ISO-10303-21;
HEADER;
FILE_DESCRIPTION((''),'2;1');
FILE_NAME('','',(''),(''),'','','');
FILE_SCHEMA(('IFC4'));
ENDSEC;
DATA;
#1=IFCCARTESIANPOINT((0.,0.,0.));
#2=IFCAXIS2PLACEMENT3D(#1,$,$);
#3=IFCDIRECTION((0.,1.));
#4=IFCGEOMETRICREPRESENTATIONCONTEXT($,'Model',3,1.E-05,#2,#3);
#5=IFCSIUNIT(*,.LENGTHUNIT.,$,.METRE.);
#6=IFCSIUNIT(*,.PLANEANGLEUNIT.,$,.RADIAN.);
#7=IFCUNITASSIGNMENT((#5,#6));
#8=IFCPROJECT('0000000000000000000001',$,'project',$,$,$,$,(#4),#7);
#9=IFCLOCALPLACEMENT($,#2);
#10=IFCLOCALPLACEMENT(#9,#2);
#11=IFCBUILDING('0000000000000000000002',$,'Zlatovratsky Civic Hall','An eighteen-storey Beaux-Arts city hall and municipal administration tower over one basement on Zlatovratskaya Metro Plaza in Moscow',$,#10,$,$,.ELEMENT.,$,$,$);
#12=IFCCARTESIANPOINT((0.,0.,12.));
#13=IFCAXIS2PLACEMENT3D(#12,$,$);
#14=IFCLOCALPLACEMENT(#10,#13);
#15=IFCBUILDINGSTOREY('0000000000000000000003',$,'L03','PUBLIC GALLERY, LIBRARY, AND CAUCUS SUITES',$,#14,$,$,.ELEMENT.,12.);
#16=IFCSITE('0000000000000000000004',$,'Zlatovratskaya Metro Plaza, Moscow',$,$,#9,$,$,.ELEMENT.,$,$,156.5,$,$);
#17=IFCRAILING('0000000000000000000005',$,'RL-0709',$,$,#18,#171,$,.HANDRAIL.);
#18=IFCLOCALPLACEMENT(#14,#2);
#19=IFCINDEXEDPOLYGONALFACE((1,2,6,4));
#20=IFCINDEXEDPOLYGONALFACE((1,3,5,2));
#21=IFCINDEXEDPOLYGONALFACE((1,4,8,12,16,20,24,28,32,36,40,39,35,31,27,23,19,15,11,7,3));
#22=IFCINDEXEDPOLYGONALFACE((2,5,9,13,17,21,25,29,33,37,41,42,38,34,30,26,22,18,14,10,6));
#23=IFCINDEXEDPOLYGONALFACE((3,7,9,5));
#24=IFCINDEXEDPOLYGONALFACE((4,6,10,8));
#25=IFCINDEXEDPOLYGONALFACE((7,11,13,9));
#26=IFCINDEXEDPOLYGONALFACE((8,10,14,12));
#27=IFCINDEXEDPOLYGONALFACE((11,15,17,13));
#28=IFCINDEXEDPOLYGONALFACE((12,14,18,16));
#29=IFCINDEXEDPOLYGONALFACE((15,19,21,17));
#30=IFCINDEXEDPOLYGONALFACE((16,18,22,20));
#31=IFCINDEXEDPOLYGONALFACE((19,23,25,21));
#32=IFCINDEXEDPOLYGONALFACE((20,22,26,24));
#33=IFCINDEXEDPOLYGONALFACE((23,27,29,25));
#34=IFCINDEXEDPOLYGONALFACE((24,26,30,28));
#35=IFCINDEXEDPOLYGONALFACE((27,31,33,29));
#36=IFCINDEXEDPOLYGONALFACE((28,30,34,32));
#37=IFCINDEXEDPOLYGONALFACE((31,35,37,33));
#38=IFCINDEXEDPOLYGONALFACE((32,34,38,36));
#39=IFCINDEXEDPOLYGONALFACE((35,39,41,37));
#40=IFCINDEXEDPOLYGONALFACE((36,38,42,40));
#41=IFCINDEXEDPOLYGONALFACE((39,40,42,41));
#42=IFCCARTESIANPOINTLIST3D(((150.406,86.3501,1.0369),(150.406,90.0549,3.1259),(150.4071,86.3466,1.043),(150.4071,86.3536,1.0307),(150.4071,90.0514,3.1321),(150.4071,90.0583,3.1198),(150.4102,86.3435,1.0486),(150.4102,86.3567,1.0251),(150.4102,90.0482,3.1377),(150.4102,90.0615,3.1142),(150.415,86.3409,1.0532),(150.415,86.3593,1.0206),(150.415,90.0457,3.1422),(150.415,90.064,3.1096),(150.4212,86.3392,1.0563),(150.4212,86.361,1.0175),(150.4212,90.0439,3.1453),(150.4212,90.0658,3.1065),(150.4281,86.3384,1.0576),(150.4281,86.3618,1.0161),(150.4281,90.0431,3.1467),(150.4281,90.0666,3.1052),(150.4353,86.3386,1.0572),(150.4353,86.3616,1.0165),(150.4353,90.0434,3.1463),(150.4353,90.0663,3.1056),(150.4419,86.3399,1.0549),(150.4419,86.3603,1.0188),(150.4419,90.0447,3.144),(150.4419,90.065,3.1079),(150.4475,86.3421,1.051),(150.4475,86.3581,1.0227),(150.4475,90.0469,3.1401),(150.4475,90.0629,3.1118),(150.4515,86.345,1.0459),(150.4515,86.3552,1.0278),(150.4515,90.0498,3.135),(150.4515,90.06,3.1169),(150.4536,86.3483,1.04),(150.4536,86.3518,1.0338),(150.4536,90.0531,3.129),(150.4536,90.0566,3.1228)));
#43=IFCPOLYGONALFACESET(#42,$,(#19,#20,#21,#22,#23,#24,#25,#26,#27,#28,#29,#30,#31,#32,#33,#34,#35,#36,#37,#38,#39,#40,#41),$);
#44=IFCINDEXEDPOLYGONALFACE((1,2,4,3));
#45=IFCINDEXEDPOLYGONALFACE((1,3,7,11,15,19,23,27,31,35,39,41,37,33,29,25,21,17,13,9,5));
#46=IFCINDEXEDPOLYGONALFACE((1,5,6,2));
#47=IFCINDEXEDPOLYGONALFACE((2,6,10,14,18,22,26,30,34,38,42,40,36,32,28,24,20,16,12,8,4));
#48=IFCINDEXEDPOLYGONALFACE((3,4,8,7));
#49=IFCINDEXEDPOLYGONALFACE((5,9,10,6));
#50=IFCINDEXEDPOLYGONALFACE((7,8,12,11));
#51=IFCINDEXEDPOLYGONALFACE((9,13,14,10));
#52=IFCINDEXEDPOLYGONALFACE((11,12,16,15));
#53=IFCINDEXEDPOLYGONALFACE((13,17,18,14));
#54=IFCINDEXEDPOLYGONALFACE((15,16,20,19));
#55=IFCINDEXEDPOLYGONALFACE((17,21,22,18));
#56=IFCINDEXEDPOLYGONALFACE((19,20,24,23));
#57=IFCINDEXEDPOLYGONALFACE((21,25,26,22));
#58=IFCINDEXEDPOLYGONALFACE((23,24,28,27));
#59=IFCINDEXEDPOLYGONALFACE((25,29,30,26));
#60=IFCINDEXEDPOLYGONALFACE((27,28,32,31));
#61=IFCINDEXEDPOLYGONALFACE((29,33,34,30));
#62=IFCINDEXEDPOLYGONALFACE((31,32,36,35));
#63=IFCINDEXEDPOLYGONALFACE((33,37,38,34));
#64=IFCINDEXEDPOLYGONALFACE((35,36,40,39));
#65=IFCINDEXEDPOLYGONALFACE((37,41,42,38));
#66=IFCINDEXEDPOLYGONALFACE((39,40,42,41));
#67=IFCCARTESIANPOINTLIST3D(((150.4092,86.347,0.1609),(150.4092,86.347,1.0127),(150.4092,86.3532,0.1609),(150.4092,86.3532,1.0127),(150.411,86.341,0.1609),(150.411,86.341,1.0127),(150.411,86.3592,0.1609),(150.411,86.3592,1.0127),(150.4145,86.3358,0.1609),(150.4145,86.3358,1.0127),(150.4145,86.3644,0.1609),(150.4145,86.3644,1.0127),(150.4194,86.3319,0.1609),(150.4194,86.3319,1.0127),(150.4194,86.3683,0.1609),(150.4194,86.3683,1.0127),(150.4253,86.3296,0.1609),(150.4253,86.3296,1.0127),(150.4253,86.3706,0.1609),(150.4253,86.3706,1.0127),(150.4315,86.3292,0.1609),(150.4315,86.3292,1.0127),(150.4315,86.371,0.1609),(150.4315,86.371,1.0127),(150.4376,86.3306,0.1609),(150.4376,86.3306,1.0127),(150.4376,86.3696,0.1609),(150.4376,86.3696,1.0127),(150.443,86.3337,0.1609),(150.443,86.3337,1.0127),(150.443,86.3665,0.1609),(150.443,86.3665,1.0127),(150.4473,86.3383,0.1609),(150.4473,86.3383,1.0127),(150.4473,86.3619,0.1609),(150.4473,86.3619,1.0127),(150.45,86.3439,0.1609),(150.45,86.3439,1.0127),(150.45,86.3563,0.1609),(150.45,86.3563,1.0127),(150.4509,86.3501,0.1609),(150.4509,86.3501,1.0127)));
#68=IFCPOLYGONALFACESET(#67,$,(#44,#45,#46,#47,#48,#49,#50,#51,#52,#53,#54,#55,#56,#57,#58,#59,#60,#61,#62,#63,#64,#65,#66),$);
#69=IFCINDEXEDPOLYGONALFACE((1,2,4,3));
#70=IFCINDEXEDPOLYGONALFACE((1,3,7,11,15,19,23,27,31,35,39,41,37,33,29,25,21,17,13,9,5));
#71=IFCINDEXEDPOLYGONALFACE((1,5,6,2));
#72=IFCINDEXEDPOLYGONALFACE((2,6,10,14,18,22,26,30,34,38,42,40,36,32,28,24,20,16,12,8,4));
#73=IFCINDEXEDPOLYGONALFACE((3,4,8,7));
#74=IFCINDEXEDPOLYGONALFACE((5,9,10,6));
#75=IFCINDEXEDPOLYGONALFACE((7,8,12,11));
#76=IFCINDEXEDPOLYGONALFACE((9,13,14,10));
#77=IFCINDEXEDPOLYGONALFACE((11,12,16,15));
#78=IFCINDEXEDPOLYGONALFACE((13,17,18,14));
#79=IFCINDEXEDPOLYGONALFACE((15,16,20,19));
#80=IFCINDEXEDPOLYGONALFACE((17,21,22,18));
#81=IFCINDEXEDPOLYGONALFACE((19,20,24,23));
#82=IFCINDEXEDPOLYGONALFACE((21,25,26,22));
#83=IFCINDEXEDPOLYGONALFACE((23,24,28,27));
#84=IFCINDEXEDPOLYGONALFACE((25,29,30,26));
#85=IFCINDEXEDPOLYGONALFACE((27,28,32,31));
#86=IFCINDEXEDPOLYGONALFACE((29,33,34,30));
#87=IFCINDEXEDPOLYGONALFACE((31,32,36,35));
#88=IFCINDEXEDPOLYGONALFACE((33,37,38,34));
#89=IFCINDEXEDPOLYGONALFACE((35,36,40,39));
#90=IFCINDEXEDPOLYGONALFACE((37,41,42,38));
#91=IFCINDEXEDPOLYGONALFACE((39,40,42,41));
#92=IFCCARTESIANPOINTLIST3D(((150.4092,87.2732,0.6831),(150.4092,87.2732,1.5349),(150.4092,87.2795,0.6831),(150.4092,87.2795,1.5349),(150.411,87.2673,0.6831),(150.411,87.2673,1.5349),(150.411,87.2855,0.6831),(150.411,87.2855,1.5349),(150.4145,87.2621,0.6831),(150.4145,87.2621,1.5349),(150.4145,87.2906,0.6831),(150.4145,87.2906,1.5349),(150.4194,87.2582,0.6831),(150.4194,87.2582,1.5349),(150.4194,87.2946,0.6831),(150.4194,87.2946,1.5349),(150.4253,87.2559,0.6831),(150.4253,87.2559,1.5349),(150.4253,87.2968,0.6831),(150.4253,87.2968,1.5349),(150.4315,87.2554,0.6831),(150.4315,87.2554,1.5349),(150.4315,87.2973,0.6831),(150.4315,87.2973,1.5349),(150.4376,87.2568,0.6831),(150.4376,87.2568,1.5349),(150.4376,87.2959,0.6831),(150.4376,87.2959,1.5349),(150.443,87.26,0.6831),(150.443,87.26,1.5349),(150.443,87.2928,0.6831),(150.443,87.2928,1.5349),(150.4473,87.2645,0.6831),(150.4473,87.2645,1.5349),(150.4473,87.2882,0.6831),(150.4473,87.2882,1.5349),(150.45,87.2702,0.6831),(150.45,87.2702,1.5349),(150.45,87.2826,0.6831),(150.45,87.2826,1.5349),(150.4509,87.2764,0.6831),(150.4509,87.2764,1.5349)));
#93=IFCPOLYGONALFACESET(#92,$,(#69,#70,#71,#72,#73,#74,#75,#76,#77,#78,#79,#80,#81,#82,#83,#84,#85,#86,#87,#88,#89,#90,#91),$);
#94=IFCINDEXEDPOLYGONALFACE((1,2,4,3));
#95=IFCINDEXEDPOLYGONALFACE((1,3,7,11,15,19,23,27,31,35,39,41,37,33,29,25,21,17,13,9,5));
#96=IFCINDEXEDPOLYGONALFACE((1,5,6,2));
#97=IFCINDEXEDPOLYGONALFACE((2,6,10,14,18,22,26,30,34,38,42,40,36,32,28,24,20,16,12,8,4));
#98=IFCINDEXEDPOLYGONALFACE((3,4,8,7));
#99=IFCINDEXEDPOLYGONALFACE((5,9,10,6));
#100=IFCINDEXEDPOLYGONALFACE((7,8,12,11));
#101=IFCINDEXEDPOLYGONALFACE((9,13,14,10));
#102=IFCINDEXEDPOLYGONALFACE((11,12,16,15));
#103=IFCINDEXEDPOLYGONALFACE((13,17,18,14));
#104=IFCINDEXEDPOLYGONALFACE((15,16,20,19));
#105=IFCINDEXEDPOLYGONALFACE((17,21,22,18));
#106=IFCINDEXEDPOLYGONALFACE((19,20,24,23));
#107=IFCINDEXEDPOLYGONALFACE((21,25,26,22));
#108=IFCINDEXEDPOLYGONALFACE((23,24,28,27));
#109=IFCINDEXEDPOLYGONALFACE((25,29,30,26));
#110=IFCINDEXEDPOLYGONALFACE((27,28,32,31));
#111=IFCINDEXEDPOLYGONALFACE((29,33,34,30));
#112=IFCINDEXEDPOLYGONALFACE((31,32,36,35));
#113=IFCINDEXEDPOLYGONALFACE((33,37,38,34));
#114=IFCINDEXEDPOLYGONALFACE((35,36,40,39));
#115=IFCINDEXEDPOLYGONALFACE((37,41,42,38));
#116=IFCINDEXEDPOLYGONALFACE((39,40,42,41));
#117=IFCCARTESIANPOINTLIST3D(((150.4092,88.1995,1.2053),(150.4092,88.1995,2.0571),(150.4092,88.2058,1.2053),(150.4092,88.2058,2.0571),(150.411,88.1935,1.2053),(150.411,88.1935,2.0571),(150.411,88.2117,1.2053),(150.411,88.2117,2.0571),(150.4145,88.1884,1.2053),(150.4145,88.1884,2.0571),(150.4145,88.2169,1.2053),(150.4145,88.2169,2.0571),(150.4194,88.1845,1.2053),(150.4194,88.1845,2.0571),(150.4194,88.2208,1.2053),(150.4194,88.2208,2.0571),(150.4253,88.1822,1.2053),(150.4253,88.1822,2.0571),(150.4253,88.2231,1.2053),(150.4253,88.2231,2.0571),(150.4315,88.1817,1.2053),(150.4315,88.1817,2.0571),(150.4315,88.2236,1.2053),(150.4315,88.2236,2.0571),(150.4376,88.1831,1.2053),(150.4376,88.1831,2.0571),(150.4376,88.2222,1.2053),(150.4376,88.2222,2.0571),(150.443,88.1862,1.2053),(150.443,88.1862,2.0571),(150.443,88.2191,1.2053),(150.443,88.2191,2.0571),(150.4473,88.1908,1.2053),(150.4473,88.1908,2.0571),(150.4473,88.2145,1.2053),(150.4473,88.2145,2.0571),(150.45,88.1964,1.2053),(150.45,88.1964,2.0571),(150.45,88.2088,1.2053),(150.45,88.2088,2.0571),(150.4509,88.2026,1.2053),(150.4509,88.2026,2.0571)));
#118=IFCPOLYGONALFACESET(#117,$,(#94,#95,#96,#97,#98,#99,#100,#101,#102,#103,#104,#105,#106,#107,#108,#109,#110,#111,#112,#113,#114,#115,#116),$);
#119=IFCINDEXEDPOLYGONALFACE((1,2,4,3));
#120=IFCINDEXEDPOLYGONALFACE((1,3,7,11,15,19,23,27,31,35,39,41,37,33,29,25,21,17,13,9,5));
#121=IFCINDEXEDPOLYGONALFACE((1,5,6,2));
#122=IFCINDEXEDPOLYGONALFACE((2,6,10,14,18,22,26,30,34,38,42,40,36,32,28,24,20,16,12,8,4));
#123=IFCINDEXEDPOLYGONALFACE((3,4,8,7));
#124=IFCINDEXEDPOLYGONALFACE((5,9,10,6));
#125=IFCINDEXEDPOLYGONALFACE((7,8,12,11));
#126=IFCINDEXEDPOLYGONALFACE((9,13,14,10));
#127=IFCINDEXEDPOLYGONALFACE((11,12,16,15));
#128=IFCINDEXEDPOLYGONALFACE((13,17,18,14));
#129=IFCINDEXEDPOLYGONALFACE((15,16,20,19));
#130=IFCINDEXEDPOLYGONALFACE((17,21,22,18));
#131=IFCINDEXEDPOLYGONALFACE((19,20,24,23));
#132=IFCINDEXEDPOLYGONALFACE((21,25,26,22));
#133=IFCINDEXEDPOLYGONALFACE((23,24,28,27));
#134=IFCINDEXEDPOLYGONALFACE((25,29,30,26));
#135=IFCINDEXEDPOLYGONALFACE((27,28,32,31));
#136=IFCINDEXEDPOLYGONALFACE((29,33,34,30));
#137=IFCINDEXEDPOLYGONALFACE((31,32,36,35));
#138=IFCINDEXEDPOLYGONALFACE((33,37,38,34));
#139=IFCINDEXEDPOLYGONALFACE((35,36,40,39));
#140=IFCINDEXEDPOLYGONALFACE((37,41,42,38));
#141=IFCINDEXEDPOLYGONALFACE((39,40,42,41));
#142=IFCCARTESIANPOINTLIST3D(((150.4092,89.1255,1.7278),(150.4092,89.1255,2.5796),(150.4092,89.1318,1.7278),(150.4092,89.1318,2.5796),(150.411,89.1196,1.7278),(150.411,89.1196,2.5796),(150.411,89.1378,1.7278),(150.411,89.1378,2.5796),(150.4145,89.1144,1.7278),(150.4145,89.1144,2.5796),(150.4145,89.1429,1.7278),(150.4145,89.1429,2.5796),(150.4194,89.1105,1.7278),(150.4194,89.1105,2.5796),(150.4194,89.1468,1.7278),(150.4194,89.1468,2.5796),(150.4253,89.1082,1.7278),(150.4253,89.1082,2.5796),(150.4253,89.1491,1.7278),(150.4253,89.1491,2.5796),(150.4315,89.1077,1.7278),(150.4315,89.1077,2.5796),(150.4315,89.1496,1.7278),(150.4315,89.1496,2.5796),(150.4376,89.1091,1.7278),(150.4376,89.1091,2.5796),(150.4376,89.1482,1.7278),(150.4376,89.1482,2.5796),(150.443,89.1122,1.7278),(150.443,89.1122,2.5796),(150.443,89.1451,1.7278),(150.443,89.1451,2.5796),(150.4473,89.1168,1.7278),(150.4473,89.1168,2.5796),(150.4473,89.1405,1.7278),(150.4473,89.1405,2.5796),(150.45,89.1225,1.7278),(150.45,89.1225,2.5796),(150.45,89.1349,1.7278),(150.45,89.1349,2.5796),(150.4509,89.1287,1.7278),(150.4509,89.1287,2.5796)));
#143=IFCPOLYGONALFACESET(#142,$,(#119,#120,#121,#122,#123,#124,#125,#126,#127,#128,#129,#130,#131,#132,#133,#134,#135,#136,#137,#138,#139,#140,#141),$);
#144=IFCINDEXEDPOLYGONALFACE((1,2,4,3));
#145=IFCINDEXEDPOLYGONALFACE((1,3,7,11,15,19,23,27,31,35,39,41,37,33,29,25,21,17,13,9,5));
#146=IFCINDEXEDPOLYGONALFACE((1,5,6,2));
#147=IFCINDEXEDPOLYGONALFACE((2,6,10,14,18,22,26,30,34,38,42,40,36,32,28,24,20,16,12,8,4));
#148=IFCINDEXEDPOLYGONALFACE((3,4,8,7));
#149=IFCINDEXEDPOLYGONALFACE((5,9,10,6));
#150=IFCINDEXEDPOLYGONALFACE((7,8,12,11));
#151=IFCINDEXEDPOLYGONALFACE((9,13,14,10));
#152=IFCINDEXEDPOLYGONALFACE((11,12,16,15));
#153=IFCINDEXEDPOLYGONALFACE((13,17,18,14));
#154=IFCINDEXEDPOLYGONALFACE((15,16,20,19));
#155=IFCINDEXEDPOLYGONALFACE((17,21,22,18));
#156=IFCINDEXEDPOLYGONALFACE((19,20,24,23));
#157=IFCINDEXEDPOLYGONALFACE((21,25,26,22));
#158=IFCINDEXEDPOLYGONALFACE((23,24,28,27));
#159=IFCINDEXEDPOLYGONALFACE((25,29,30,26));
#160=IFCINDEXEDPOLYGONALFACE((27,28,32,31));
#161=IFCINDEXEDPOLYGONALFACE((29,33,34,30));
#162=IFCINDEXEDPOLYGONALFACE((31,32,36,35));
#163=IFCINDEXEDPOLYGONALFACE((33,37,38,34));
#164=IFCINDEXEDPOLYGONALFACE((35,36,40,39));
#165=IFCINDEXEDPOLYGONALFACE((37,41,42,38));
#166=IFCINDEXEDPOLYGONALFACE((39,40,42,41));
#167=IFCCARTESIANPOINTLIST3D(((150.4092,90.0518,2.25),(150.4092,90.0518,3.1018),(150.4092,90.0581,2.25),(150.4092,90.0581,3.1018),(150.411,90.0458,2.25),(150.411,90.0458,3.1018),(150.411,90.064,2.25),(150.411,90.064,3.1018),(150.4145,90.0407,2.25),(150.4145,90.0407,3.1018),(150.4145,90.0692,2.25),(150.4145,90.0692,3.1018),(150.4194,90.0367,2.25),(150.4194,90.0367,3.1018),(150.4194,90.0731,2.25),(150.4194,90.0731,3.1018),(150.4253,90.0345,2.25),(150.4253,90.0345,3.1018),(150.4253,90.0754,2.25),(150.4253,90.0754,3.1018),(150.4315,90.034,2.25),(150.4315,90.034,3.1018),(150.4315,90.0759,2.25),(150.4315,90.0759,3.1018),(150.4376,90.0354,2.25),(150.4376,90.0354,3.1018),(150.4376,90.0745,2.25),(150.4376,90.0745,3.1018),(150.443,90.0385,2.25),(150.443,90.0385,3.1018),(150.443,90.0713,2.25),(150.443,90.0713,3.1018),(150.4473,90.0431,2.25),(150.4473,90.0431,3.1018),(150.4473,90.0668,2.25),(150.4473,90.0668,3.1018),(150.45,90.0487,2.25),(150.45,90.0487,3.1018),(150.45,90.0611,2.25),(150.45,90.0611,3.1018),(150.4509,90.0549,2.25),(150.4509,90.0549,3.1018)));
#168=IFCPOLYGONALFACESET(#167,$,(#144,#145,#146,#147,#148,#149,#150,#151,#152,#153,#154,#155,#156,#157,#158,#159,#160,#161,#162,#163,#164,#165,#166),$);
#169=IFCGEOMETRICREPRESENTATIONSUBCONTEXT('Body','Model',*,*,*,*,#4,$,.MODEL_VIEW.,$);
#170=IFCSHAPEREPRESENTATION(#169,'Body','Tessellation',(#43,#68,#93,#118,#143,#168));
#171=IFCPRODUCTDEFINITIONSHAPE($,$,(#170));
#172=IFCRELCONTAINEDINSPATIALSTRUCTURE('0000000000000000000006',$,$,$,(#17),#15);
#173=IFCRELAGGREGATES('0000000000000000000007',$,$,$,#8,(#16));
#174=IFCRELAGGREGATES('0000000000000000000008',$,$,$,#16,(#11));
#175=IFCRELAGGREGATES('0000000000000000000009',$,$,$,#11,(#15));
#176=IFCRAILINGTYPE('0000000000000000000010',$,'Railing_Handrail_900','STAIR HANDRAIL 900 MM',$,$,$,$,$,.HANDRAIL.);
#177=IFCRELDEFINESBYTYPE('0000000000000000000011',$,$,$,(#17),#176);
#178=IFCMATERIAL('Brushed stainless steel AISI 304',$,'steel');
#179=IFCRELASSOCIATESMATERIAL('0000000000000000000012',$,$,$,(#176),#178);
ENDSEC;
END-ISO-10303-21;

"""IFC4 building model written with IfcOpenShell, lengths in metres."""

from ifc_helpers import new_model, si_unit, direction, frame, origin, origin_2d, place, context, subcontext, project, spatial, circle, extrude, material, type_object, element, save


model = new_model("IFC4")

# Units and contexts
model_context = context("Model", 3, precision=1e-05, world=origin(), true_north=direction((0.0, 1.0)))
body_context = subcontext(model_context, "Body", "Model", "MODEL_VIEW")
ifc_project = project(units=[si_unit("LENGTHUNIT", "METRE"), si_unit("PLANEANGLEUNIT", "RADIAN")], contexts=[model_context])

# Site, building, storey
site_placement = place(None, origin())
site = spatial("IfcSite", under=ifc_project, at=site_placement, Name="Zlatovratskaya Metro Plaza, Moscow", CompositionType="ELEMENT", RefElevation=156.5)
building_placement = place(site_placement, origin())
building = spatial("IfcBuilding", under=site, at=building_placement, Name="Zlatovratsky Civic Hall", Description="An eighteen-storey Beaux-Arts city hall and municipal administration tower over one basement on Zlatovratskaya Metro Plaza in Moscow", CompositionType="ELEMENT")
storey_placement = place(building_placement, frame((0.0, 0.0, 12.0)))
storey = spatial("IfcBuildingStorey", under=building, at=storey_placement, Name="L03", Description="PUBLIC GALLERY, LIBRARY, AND CAUCUS SUITES", CompositionType="ELEMENT", Elevation=12.0)

# Railing
ifc_material_1 = material(Name="Brushed stainless steel AISI 304", Category="steel")
railing_type_1 = type_object("IfcRailingType", Name="Railing_Handrail_900", Description="STAIR HANDRAIL 900 MM", PredefinedType="HANDRAIL", material=ifc_material_1)
railing_1_placement = place(storey_placement, frame((150.4299, 86.3501, 0.1609)))
element("IfcRailing", 1, at=railing_1_placement, inside=storey, type_object=railing_type_1, Name="RL-0709", PredefinedType="HANDRAIL", context=body_context, shape_type="SweptSolid", body=[
    extrude(circle(Radius=0.0239, at=origin_2d()), frame((0.0, 0.0, 0.876), z_axis=(0.0, 0.871058, 0.491179), x_axis=(-1.0, 0.0, 0.0)), (0.0, 0.0, 1.0), 4.2532),
    extrude(circle(Radius=0.021, at=origin_2d()), origin(), (0.0, 0.0, 1.0), 0.8518),
    extrude(circle(Radius=0.021, at=origin_2d()), frame((0.0, 0.9263, 0.5222)), (0.0, 0.0, 1.0), 0.8518),
    extrude(circle(Radius=0.021, at=origin_2d()), frame((0.0, 1.8525, 1.0444)), (0.0, 0.0, 1.0), 0.8518),
    extrude(circle(Radius=0.021, at=origin_2d()), frame((0.0, 2.7786, 1.5669)), (0.0, 0.0, 1.0), 0.8518),
    extrude(circle(Radius=0.021, at=origin_2d()), frame((0.0, 3.7048, 2.0891)), (0.0, 0.0, 1.0), 0.8518),
])

save(model, "model.ifc")
